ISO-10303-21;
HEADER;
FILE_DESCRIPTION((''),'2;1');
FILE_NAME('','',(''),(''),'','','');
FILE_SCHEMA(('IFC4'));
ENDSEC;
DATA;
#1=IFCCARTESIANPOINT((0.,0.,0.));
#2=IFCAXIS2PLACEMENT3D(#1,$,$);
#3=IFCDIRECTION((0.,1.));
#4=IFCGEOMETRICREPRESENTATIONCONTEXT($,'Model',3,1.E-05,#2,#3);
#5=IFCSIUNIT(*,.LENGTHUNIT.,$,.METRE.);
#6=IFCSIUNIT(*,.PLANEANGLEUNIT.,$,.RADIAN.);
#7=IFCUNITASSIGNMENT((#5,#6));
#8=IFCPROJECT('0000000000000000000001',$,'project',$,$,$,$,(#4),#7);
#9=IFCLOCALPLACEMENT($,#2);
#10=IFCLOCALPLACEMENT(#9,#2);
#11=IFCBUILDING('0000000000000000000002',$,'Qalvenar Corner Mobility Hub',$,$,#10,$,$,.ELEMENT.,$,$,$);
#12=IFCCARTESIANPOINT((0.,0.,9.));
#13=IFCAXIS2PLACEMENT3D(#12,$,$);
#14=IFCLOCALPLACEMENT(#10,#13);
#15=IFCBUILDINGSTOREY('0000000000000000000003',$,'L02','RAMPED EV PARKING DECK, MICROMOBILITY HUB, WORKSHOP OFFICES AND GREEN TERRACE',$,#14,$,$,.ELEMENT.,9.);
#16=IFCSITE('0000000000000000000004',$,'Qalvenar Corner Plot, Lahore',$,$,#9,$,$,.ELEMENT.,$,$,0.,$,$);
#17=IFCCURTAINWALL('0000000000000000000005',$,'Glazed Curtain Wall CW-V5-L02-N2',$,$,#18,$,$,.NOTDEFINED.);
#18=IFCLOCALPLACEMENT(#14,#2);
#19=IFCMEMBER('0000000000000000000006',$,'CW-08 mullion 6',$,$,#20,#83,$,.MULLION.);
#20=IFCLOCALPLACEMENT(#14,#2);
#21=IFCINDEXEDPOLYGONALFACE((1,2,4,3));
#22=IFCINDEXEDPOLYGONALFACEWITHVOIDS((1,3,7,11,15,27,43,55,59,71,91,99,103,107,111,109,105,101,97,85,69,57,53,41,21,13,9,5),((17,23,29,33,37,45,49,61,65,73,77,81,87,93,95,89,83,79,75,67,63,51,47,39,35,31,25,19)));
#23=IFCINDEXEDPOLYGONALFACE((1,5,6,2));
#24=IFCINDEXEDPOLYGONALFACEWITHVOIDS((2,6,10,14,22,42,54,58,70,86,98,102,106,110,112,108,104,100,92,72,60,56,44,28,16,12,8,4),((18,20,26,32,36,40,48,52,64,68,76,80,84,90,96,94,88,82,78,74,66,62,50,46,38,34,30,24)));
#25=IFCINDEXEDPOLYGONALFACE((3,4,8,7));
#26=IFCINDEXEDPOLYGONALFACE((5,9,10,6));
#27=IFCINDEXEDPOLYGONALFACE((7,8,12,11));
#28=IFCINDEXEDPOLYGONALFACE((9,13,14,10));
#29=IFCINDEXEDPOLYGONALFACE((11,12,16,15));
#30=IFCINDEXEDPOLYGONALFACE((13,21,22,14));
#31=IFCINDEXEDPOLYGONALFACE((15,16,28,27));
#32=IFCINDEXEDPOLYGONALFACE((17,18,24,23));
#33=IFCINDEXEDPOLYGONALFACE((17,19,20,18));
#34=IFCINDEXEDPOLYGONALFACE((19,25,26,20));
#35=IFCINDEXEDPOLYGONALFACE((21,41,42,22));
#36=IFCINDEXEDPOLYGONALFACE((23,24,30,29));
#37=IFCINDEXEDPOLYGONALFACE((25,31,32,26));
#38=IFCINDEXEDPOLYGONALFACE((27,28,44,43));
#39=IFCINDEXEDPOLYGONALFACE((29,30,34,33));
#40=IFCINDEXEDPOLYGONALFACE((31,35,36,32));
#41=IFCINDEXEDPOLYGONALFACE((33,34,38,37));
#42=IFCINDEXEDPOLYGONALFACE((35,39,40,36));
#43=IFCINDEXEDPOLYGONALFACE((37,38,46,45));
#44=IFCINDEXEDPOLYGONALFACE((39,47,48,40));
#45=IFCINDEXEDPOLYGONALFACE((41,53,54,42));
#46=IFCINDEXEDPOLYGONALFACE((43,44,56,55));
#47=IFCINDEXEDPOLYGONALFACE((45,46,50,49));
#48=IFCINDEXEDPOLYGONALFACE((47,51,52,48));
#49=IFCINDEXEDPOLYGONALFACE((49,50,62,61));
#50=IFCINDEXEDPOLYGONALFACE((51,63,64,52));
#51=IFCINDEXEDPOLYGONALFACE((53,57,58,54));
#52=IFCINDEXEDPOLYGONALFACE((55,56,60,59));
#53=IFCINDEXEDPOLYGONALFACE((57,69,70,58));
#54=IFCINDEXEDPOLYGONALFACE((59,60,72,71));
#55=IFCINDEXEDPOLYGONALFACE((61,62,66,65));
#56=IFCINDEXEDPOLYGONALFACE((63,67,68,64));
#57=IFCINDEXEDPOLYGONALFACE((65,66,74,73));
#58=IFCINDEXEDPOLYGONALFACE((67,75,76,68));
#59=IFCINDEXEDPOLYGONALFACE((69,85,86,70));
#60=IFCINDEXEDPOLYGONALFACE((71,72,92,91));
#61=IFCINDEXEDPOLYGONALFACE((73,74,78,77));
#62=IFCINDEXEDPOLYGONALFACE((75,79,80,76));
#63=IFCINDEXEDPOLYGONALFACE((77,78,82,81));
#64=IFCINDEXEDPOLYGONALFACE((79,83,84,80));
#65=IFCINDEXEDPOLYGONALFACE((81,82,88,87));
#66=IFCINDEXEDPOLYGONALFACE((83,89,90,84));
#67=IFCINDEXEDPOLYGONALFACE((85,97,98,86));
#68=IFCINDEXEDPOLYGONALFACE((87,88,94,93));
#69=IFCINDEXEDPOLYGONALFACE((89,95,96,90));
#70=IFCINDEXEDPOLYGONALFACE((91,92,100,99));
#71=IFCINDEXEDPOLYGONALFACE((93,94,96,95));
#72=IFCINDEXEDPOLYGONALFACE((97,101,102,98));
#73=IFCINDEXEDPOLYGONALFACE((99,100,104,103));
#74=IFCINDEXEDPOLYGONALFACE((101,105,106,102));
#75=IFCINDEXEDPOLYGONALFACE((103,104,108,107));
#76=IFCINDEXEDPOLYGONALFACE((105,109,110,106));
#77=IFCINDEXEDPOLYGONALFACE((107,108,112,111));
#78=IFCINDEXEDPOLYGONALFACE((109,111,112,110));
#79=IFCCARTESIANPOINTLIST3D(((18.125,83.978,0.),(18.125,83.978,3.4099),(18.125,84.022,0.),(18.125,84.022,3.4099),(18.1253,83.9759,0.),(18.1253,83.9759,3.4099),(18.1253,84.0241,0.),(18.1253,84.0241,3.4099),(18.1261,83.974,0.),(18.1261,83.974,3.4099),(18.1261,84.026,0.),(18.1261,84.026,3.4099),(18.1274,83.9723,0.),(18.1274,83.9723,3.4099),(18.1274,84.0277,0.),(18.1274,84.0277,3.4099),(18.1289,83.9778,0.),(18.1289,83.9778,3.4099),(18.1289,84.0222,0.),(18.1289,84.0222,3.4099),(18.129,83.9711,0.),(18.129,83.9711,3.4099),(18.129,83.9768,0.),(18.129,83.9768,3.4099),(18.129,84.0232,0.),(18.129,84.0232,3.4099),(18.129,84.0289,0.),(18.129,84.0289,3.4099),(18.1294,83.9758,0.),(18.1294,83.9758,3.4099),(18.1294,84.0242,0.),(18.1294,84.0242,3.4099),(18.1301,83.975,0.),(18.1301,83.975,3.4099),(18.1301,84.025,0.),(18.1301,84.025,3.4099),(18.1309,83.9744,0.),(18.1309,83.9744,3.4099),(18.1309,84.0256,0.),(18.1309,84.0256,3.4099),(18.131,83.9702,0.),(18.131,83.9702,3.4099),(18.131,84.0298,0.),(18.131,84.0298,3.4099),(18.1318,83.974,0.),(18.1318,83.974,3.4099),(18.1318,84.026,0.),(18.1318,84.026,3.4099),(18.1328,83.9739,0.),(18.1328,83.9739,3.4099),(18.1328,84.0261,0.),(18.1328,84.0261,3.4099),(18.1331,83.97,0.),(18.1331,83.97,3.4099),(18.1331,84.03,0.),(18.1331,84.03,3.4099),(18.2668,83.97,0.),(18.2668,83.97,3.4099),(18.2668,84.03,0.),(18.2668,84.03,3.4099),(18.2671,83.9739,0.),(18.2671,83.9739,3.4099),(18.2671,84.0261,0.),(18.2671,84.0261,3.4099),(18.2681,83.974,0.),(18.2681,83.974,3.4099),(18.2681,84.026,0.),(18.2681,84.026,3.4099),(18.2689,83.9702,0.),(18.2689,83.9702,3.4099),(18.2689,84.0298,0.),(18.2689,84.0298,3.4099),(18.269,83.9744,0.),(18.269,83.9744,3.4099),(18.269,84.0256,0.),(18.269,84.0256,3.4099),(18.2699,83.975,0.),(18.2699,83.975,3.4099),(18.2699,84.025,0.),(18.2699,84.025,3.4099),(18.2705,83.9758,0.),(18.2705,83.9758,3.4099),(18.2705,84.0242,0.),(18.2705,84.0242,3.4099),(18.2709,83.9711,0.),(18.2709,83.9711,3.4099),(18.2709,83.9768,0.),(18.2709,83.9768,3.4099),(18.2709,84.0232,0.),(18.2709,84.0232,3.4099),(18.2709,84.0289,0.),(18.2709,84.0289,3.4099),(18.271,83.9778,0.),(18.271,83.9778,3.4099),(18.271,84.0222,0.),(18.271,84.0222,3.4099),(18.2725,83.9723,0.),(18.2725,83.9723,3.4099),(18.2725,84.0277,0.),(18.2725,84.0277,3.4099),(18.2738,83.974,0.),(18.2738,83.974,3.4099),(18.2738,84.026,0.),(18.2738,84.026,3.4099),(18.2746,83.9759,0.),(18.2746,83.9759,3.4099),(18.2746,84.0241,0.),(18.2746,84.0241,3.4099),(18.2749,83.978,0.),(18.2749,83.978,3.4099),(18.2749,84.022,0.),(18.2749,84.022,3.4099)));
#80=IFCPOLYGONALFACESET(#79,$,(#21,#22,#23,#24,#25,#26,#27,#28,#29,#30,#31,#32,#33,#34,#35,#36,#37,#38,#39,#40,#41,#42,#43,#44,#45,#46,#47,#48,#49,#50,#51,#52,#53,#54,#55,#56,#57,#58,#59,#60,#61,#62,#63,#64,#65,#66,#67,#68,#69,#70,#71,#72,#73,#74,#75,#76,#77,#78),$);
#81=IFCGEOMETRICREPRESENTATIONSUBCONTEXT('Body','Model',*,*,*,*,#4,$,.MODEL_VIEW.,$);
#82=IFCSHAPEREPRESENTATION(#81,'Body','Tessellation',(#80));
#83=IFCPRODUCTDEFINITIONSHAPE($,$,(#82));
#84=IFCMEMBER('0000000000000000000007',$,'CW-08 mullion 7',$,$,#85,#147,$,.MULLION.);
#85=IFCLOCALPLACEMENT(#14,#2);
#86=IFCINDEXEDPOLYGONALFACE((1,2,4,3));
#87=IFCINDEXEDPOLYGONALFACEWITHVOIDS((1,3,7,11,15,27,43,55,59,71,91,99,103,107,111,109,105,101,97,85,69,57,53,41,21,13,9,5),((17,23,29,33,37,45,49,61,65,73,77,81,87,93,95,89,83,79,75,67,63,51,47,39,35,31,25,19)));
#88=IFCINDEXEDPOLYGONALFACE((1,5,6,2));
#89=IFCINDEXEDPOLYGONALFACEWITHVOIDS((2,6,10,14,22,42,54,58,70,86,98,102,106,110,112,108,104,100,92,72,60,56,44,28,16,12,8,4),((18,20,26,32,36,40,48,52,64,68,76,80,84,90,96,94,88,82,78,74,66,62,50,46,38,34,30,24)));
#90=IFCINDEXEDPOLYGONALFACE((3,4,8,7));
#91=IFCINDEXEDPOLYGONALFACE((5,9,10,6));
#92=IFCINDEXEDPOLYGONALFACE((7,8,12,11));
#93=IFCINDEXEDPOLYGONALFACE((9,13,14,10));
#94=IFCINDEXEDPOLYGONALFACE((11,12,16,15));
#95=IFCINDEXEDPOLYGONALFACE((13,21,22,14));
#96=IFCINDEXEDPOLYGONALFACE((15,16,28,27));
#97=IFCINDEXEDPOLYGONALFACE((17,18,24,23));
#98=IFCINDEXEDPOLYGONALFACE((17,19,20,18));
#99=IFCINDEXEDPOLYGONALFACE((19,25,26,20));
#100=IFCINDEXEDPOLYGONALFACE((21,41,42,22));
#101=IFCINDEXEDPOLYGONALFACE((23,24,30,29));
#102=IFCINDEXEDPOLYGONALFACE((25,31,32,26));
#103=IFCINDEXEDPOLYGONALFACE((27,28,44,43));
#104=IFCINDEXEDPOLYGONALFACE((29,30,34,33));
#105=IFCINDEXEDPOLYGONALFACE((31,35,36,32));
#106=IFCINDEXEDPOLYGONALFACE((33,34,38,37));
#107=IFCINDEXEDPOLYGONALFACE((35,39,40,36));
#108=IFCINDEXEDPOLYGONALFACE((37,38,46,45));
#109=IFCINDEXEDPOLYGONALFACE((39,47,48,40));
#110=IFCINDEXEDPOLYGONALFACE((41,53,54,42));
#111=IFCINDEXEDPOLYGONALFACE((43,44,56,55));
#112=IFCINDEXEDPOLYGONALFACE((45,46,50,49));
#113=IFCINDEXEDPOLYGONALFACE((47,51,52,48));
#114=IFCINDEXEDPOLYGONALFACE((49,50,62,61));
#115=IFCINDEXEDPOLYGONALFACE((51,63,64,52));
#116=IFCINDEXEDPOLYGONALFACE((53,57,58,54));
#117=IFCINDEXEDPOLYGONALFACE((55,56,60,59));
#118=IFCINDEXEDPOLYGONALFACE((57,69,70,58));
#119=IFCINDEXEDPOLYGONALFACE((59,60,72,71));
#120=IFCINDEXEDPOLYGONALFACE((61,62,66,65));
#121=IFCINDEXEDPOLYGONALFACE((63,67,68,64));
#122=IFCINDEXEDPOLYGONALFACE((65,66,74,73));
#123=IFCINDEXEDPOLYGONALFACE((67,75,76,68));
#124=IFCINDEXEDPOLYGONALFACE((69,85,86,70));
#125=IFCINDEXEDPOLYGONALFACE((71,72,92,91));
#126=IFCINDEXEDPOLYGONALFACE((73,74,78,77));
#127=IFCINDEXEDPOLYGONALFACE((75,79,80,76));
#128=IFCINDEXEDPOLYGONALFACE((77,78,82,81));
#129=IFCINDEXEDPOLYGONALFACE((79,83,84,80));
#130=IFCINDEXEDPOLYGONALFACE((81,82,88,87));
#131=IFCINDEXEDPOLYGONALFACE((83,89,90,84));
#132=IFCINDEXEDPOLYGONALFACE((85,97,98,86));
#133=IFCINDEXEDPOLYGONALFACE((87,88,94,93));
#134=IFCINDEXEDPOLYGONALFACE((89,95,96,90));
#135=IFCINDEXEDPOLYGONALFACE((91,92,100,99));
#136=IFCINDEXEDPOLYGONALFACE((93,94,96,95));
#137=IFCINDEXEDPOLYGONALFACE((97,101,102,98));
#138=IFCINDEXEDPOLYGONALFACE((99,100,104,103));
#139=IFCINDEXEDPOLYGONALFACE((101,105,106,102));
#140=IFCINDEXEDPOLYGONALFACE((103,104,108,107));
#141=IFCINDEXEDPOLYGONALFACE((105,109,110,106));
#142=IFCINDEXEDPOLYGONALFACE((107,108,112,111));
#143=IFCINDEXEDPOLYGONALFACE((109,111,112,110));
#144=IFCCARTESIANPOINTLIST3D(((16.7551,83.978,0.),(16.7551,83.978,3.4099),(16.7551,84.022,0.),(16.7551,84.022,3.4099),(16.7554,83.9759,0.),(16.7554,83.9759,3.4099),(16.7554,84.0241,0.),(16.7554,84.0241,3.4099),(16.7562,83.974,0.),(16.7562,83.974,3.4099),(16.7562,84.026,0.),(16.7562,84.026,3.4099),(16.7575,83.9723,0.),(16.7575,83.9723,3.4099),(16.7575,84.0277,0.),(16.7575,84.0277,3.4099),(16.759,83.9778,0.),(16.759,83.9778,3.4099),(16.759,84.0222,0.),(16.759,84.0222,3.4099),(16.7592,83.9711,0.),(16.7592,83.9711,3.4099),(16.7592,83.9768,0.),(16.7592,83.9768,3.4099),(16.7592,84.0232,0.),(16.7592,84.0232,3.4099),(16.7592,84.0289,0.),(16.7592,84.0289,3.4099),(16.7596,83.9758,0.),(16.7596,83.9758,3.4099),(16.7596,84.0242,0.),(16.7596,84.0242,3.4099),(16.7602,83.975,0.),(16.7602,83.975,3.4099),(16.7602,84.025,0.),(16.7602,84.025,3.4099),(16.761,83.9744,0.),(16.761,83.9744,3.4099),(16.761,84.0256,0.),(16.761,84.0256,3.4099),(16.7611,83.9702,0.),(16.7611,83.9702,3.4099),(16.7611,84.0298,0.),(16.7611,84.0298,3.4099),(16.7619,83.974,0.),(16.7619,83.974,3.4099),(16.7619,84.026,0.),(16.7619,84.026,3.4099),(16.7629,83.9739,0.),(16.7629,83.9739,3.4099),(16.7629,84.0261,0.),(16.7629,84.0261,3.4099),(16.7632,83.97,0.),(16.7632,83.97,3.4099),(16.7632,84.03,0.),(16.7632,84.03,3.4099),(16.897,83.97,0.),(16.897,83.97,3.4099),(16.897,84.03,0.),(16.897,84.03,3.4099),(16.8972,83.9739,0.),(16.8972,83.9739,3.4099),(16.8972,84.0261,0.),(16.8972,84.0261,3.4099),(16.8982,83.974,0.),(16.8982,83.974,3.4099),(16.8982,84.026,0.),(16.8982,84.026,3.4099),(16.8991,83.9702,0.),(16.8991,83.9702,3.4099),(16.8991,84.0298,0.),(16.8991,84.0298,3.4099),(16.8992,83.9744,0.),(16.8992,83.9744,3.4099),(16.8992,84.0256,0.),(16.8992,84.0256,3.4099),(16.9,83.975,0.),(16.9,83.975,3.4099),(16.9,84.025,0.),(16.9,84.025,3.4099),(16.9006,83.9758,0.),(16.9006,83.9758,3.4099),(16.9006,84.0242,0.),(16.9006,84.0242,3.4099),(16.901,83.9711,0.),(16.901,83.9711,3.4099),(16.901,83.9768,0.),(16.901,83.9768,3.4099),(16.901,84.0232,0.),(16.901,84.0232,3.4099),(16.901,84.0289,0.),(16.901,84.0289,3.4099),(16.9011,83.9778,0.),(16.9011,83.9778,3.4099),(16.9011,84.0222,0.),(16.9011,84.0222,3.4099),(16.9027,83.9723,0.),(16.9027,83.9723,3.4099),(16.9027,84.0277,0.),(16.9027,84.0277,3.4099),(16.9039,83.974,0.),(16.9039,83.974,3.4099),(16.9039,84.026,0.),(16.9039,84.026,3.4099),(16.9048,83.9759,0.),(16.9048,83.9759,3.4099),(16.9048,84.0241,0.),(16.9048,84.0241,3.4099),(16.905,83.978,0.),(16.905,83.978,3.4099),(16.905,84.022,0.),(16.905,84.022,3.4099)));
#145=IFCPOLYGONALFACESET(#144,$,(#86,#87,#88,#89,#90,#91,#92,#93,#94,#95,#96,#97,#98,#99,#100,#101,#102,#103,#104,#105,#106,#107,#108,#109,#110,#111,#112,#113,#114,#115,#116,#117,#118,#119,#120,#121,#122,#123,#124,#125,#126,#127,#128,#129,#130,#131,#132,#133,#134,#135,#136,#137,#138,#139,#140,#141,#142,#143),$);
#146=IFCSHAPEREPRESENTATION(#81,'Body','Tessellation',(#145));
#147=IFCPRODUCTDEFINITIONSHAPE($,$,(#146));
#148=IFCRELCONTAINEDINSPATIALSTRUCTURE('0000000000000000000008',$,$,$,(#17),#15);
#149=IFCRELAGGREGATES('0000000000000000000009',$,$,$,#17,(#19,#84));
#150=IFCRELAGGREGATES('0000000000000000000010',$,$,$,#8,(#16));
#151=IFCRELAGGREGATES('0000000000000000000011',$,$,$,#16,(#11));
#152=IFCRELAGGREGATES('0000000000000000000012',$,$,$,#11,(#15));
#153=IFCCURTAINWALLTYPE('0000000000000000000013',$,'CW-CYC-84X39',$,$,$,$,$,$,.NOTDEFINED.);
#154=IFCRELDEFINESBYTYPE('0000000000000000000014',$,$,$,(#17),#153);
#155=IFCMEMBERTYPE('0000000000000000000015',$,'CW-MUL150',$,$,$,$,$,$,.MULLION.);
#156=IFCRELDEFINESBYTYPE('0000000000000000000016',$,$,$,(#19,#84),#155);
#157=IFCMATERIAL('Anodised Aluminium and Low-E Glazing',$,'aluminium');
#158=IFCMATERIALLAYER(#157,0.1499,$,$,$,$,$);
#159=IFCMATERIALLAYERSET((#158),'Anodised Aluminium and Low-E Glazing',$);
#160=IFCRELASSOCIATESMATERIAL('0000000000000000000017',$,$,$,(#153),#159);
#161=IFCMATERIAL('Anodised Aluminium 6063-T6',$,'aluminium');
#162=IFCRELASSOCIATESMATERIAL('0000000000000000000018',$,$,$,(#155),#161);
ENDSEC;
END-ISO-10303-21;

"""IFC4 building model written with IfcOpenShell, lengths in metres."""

from ifc_helpers import new_model, si_unit, direction, frame, origin, origin_2d, place, context, subcontext, project, spatial, hollow_rectangle, extrude, material, layer, layer_set, material_profile, profile_set, type_object, element, aggregate, save


model = new_model("IFC4")

# Units and contexts
model_context = context("Model", 3, precision=1e-05, world=origin(), true_north=direction((0.0, 1.0)))
body_context = subcontext(model_context, "Body", "Model", "MODEL_VIEW")
ifc_project = project(units=[si_unit("LENGTHUNIT", "METRE"), si_unit("PLANEANGLEUNIT", "RADIAN")], contexts=[model_context])

# Site, building, storey
site_placement = place(None, origin())
site = spatial("IfcSite", under=ifc_project, at=site_placement, Name="Qalvenar Corner Plot, Lahore", CompositionType="ELEMENT", RefElevation=0.0)
building_placement = place(site_placement, origin())
building = spatial("IfcBuilding", under=site, at=building_placement, Name="Qalvenar Corner Mobility Hub", CompositionType="ELEMENT")
storey_placement = place(building_placement, frame((0.0, 0.0, 9.0)))
storey = spatial("IfcBuildingStorey", under=building, at=storey_placement, Name="L02", Description="RAMPED EV PARKING DECK, MICROMOBILITY HUB, WORKSHOP OFFICES AND GREEN TERRACE", CompositionType="ELEMENT", Elevation=9.0)

# Shared definitions
ifc_material_1 = material(Name="Anodised Aluminium and Low-E Glazing", Category="aluminium")
ifc_layer_1 = layer(ifc_material_1, 0.1499)
ifc_layer_set_1 = layer_set([ifc_layer_1], Name="Anodised Aluminium and Low-E Glazing")
curtain_wall_type = type_object("IfcCurtainWallType", Name="CW-CYC-84X39", PredefinedType="NOTDEFINED", material=ifc_layer_set_1)
ifc_material_2 = material(Name="Anodised Aluminium 6063-T6", Category="aluminium")
ifc_material_profile_1 = material_profile(ifc_material_2, hollow_rectangle(XDim=0.0601, YDim=0.1499, WallThickness=0.0039, InnerFilletRadius=0.0039, OuterFilletRadius=0.0081, at=origin_2d()), Name="RHS150x60x4")
ifc_profile_set_1 = profile_set([ifc_material_profile_1], Name="Anodised Aluminium 6063-T6")
member_type_1 = type_object("IfcMemberType", Name="CW-MUL150", PredefinedType="MULLION", material=ifc_profile_set_1)

# Curtain wall, members
curtain_wall_1_placement = place(storey_placement, origin())
curtain_wall_1 = element("IfcCurtainWall", 1, at=curtain_wall_1_placement, inside=storey, type_object=curtain_wall_type, Name="Glazed Curtain Wall CW-V5-L02-N2", PredefinedType="NOTDEFINED")
member_1_placement = place(storey_placement, frame((18.2, 84.0, 0.0), z_axis=(0.0, 0.0, 1.0), x_axis=(0.0, -1.0, 0.0)))
member_1 = element("IfcMember", 2, at=member_1_placement, type_object=member_type_1, Name="CW-08 mullion 6", PredefinedType="MULLION", context=body_context, shape_type="SweptSolid", body=[
    extrude(hollow_rectangle(XDim=0.0601, YDim=0.1499, WallThickness=0.0039, InnerFilletRadius=0.0039, OuterFilletRadius=0.0081, at=origin_2d()), origin(), (0.0, 0.0, 1.0), 3.4099),
])
member_2_placement = place(storey_placement, frame((16.8301, 84.0, 0.0), z_axis=(0.0, 0.0, 1.0), x_axis=(0.0, -1.0, 0.0)))
member_2 = element("IfcMember", 3, at=member_2_placement, type_object=member_type_1, Name="CW-08 mullion 7", PredefinedType="MULLION", context=body_context, shape_type="SweptSolid", body=[
    extrude(hollow_rectangle(XDim=0.0601, YDim=0.1499, WallThickness=0.0039, InnerFilletRadius=0.0039, OuterFilletRadius=0.0081, at=origin_2d()), origin(), (0.0, 0.0, 1.0), 3.4099),
])

aggregate(curtain_wall_1, [member_1, member_2])

save(model, "model.ifc")
